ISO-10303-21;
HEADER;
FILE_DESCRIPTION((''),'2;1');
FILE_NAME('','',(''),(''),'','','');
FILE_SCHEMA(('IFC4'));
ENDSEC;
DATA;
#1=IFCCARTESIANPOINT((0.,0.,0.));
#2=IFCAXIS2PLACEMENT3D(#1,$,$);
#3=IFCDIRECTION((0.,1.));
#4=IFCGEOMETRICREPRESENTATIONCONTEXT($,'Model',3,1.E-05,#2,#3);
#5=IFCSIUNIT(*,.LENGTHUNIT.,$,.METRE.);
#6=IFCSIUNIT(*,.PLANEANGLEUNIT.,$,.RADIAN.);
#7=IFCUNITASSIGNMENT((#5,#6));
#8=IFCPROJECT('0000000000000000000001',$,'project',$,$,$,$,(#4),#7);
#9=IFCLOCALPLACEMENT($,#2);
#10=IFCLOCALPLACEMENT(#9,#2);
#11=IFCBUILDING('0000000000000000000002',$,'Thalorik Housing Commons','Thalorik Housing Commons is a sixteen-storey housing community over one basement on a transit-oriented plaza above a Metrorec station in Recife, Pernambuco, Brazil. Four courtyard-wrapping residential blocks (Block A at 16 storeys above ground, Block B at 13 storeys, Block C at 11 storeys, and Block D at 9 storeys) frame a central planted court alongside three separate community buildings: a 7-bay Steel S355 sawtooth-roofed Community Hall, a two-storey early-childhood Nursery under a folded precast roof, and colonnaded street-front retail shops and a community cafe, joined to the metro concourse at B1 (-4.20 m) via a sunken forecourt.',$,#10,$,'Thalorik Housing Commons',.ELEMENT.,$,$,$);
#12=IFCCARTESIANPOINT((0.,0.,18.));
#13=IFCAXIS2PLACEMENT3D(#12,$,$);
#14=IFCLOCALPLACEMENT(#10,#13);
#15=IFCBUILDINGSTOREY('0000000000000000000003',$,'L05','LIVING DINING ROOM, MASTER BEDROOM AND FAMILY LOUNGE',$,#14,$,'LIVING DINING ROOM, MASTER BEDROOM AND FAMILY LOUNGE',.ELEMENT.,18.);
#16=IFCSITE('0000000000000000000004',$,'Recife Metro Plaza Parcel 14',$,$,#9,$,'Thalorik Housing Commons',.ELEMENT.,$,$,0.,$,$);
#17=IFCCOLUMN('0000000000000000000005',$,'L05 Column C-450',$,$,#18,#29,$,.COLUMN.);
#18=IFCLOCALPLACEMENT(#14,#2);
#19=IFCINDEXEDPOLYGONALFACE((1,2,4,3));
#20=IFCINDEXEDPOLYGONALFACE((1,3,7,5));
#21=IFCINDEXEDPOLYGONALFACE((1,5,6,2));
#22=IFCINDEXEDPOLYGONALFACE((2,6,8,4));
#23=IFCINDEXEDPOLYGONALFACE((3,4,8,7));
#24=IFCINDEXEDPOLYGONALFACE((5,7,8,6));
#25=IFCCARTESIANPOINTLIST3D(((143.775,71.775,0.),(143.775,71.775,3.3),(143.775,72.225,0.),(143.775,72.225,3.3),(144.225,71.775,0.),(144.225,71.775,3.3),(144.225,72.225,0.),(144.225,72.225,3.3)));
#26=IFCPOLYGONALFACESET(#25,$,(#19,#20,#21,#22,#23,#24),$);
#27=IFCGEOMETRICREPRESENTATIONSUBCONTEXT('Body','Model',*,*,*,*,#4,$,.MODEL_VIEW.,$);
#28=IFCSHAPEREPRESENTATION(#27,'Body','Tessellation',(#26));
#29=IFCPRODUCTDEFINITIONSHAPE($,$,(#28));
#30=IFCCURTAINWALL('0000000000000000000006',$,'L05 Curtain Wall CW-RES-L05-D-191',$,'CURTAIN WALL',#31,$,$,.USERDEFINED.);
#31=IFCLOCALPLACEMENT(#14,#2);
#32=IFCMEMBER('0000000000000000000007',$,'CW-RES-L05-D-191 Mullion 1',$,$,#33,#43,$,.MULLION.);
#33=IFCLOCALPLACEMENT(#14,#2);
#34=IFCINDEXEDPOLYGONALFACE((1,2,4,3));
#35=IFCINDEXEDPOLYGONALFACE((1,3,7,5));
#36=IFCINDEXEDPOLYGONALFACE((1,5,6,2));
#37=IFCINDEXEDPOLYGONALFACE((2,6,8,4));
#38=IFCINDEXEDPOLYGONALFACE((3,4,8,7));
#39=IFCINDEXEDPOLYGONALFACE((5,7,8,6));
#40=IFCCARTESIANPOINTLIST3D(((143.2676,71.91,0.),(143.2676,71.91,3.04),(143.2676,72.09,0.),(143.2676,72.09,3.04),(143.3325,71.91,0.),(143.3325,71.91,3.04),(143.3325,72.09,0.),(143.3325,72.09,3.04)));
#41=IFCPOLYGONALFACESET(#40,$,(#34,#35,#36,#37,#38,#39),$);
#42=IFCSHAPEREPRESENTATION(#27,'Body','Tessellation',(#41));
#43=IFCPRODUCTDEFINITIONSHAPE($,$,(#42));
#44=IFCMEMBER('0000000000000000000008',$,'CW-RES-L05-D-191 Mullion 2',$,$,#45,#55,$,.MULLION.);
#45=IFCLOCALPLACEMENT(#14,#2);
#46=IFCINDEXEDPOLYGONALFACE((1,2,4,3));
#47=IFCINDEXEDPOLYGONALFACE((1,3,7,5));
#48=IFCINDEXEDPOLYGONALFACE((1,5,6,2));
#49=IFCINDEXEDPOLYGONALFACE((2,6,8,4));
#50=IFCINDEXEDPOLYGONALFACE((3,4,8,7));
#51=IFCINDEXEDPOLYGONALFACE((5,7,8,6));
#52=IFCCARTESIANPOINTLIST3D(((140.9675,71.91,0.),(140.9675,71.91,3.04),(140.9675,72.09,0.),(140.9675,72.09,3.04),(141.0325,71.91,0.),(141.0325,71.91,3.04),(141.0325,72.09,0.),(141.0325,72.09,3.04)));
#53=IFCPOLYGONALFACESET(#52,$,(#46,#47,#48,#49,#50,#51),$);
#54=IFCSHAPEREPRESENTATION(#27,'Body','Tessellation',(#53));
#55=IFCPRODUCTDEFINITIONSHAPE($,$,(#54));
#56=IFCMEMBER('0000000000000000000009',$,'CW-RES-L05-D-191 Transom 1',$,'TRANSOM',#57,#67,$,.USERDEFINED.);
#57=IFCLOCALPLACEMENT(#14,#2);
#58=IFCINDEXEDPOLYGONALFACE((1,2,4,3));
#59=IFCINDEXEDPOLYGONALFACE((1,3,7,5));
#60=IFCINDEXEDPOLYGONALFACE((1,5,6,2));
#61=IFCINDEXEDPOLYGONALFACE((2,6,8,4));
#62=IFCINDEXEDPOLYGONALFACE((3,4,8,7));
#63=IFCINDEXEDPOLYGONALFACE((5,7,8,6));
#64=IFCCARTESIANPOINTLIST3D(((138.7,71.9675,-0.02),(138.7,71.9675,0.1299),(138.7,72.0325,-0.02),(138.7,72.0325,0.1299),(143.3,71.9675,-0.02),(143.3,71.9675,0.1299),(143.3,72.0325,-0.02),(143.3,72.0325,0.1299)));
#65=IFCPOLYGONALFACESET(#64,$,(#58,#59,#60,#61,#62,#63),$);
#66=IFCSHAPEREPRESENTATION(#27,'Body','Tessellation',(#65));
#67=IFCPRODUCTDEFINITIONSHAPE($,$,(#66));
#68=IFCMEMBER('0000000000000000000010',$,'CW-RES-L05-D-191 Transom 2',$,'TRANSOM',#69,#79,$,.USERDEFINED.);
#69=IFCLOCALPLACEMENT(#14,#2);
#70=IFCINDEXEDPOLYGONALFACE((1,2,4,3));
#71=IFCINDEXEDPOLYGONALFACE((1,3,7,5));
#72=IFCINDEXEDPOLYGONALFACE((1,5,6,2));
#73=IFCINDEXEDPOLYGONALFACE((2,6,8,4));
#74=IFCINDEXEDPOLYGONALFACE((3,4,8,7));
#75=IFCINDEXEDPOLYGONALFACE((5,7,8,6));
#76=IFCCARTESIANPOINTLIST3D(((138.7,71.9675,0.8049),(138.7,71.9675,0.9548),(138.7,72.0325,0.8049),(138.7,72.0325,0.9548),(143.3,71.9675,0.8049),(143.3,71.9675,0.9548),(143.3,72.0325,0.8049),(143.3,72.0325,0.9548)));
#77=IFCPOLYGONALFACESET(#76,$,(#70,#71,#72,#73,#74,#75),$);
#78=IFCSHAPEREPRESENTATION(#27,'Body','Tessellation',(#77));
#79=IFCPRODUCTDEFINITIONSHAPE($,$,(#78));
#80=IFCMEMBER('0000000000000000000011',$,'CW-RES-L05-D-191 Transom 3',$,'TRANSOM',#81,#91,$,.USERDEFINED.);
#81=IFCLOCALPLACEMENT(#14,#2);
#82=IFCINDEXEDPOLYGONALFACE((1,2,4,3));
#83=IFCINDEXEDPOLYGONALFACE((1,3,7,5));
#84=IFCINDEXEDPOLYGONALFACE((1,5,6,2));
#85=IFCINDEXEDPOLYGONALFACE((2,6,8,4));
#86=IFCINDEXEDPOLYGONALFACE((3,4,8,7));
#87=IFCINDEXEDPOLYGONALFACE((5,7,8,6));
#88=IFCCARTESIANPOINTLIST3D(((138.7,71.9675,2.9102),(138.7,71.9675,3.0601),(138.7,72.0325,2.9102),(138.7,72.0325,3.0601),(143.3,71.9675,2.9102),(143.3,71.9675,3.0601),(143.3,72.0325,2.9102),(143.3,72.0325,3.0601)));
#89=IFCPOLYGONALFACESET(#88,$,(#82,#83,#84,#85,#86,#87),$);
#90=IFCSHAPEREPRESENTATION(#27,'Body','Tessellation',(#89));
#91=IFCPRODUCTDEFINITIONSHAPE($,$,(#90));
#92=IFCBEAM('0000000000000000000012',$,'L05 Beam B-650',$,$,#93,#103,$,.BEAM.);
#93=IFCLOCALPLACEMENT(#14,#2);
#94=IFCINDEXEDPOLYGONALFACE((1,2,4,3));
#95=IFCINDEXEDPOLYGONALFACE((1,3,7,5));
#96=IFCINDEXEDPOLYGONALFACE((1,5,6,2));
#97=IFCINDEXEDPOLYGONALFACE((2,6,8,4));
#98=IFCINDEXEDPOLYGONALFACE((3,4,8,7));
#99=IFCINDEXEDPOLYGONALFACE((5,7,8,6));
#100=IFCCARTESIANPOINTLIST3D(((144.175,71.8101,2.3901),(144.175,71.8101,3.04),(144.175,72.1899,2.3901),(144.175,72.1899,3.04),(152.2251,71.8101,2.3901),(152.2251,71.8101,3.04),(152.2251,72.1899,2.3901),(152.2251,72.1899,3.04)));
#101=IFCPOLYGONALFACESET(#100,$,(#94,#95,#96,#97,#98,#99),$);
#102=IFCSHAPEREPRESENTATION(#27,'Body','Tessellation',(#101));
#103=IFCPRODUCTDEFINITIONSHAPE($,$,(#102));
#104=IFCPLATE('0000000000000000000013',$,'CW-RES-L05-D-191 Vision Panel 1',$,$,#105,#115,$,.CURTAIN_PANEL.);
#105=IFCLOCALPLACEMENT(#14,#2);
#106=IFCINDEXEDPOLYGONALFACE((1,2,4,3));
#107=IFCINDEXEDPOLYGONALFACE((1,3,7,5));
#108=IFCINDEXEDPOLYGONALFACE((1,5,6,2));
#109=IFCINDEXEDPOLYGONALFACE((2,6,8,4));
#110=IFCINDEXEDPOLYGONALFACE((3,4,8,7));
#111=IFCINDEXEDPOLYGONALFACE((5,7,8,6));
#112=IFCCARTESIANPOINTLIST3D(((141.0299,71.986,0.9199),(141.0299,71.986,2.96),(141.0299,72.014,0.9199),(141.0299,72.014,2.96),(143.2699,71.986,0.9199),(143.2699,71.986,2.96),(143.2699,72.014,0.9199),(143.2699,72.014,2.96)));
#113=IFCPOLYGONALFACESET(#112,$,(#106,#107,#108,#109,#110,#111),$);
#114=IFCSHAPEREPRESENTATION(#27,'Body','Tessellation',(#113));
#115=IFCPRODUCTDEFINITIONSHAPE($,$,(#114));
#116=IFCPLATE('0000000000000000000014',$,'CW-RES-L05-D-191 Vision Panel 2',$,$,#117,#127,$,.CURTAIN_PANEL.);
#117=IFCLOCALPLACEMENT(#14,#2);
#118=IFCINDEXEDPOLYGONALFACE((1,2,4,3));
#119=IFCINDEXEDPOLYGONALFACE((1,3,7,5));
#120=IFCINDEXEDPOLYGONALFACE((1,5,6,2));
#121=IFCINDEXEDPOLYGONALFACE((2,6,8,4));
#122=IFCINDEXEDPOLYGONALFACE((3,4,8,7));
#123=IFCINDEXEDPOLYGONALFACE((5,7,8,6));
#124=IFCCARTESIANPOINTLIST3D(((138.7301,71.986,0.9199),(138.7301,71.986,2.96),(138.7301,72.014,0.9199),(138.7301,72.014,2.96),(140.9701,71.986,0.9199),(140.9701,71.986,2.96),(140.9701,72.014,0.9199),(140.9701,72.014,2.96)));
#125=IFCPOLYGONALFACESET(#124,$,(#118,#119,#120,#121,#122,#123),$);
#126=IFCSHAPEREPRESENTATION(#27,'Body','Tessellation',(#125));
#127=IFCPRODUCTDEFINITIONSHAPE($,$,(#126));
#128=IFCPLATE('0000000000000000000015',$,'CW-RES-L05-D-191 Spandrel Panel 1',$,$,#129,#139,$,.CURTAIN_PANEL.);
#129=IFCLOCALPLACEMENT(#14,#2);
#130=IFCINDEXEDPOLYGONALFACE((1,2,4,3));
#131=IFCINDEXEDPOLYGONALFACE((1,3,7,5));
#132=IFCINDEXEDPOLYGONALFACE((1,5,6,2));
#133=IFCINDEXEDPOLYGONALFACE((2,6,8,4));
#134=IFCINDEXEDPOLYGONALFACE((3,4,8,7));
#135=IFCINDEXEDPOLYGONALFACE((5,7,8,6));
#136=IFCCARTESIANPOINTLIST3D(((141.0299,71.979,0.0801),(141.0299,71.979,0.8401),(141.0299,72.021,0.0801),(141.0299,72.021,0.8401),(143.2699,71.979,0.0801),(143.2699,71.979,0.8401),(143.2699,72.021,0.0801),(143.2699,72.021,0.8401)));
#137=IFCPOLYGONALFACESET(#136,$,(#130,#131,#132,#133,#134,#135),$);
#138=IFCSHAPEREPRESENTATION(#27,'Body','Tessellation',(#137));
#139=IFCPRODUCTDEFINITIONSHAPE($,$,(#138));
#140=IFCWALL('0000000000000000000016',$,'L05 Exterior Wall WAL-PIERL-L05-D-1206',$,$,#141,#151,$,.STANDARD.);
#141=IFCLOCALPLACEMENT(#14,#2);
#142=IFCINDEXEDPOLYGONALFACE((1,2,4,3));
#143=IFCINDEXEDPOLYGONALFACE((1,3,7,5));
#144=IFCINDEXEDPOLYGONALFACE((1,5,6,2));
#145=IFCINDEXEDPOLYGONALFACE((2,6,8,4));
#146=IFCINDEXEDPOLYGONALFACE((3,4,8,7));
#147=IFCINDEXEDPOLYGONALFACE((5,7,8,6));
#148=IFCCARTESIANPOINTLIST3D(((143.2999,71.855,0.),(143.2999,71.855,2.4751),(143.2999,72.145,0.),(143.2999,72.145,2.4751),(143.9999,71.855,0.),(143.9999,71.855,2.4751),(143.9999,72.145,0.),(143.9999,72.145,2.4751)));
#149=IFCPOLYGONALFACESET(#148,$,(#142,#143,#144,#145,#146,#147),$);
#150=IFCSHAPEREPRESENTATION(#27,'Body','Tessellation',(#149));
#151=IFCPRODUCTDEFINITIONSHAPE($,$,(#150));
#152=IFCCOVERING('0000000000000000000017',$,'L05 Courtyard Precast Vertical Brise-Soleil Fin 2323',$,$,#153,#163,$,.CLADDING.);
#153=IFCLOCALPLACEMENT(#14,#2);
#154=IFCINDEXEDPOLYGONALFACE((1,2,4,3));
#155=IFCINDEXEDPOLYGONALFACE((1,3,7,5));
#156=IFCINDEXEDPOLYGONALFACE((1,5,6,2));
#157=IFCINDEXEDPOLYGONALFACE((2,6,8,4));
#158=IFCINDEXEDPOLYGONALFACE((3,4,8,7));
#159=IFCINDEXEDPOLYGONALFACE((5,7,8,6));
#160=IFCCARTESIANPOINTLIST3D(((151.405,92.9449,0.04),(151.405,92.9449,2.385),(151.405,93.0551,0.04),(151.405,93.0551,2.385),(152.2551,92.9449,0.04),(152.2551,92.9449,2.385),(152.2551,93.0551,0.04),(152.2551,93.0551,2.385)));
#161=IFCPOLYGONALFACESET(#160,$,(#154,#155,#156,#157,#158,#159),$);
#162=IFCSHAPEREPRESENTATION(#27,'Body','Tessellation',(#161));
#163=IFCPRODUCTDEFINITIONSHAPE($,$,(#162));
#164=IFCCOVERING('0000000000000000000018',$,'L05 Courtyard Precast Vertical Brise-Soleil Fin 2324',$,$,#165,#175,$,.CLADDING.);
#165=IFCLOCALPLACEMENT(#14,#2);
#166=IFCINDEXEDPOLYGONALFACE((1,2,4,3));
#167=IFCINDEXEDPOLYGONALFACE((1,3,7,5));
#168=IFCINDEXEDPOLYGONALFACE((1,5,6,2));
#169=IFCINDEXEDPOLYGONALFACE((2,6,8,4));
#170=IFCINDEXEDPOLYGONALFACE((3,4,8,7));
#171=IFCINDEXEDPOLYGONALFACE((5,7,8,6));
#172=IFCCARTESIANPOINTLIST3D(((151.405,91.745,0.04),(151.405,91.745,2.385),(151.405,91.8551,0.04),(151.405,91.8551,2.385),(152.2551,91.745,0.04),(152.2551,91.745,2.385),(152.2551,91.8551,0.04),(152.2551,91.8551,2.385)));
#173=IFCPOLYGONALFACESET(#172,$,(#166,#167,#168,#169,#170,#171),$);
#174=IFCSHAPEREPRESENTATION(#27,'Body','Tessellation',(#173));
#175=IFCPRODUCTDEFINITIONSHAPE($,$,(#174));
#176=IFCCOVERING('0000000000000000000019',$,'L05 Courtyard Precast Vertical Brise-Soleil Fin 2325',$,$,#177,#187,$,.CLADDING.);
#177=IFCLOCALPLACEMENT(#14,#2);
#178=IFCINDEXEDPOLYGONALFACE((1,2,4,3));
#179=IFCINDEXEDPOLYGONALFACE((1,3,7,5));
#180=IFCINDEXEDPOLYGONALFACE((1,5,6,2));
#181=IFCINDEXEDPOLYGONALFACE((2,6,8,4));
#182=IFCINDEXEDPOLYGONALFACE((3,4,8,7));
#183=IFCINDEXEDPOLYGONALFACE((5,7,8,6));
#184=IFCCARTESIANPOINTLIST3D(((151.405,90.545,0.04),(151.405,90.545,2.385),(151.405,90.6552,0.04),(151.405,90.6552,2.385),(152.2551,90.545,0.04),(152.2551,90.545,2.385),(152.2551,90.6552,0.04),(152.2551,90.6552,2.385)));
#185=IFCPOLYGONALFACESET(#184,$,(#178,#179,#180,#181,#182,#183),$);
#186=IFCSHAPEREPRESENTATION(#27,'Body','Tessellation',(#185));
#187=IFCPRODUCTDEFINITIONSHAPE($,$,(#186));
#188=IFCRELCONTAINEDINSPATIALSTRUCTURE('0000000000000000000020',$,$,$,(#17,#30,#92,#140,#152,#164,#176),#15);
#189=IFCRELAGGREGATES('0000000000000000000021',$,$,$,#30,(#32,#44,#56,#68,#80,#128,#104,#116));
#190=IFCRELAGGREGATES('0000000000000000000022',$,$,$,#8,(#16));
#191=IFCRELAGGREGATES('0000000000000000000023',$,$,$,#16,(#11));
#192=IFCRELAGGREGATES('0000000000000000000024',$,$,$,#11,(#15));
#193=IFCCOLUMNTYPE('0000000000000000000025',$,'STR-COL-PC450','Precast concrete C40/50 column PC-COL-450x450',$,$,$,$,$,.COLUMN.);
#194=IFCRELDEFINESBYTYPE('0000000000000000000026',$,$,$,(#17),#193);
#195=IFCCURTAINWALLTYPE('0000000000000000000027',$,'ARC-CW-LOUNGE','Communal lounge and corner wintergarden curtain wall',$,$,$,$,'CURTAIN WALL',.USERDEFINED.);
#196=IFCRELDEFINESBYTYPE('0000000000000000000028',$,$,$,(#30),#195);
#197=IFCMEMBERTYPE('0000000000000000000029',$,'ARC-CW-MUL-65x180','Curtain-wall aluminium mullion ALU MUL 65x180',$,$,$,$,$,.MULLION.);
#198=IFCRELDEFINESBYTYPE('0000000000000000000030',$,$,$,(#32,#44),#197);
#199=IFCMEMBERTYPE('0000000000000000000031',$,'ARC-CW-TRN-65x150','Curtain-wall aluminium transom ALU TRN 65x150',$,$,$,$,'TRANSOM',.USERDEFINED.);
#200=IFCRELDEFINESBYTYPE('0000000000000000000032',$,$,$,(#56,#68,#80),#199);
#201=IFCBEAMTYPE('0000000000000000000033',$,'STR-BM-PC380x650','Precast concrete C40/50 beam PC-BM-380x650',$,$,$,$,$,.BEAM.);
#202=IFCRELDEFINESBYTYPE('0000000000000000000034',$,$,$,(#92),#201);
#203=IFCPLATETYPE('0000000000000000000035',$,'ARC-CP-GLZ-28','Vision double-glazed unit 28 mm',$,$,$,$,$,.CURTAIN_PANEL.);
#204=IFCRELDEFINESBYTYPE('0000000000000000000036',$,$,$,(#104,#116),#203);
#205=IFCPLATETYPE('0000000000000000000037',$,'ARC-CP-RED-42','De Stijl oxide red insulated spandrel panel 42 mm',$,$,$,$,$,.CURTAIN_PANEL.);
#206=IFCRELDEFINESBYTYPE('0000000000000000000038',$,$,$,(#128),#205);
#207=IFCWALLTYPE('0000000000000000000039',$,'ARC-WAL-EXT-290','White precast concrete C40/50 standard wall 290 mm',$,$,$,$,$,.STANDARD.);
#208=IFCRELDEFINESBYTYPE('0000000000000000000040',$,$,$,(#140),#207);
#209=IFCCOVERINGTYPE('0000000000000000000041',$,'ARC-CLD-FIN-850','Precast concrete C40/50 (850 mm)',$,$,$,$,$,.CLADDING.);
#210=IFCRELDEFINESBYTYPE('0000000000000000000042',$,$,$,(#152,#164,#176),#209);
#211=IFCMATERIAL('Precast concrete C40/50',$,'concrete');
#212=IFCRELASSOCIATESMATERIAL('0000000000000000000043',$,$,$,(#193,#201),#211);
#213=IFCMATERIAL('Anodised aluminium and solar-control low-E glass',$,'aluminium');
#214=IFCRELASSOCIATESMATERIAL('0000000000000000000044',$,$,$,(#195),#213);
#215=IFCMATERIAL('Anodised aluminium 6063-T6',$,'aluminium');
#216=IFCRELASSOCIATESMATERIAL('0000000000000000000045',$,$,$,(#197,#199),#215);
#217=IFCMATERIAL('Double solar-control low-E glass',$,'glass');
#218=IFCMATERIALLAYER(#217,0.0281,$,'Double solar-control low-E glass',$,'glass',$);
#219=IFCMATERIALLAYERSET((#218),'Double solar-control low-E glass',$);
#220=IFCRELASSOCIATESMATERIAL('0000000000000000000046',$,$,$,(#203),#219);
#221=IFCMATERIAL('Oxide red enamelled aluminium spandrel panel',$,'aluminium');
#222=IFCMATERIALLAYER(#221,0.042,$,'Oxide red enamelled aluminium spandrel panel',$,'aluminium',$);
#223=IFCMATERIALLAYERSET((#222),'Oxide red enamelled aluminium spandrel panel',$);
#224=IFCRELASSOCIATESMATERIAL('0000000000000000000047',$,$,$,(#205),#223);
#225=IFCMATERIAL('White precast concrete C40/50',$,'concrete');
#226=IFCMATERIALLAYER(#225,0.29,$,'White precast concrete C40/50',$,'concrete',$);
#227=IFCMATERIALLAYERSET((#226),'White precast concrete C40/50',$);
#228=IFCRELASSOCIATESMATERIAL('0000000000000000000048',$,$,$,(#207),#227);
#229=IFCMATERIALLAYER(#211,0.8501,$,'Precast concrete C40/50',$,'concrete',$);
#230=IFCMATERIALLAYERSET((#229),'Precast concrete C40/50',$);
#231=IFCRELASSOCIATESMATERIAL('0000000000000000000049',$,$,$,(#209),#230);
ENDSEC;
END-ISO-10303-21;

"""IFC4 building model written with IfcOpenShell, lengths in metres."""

from ifc_helpers import new_model, si_unit, direction, frame, frame_2d, origin, origin_2d, place, context, subcontext, project, spatial, rectangle, extrude, material, layer, layer_set, material_profile, profile_set, type_object, element, aggregate, save


model = new_model("IFC4")

# Units and contexts
model_context = context("Model", 3, precision=1e-05, world=origin(), true_north=direction((0.0, 1.0)))
body_context = subcontext(model_context, "Body", "Model", "MODEL_VIEW")
ifc_project = project(units=[si_unit("LENGTHUNIT", "METRE"), si_unit("PLANEANGLEUNIT", "RADIAN")], contexts=[model_context])

# Site, building, storey
site_placement = place(None, origin())
site = spatial("IfcSite", under=ifc_project, at=site_placement, Name="Recife Metro Plaza Parcel 14", LongName="Thalorik Housing Commons", CompositionType="ELEMENT", RefElevation=0.0)
building_placement = place(site_placement, origin())
building = spatial("IfcBuilding", under=site, at=building_placement, Name="Thalorik Housing Commons", Description="Thalorik Housing Commons is a sixteen-storey housing community over one basement on a transit-oriented plaza above a Metrorec station in Recife, Pernambuco, Brazil. Four courtyard-wrapping residential blocks (Block A at 16 storeys above ground, Block B at 13 storeys, Block C at 11 storeys, and Block D at 9 storeys) frame a central planted court alongside three separate community buildings: a 7-bay Steel S355 sawtooth-roofed Community Hall, a two-storey early-childhood Nursery under a folded precast roof, and colonnaded street-front retail shops and a community cafe, joined to the metro concourse at B1 (-4.20 m) via a sunken forecourt.", LongName="Thalorik Housing Commons", CompositionType="ELEMENT")
storey_placement = place(building_placement, frame((0.0, 0.0, 18.0)))
storey = spatial("IfcBuildingStorey", under=building, at=storey_placement, Name="L05", Description="LIVING DINING ROOM, MASTER BEDROOM AND FAMILY LOUNGE", LongName="LIVING DINING ROOM, MASTER BEDROOM AND FAMILY LOUNGE", CompositionType="ELEMENT", Elevation=18.0)

# Column
ifc_material_1 = material(Name="Precast concrete C40/50", Category="concrete")
ifc_material_profile_1 = material_profile(ifc_material_1, rectangle(XDim=0.45, YDim=0.45, at=origin_2d()), Name="PC 450x450", Category="concrete")
ifc_profile_set_1 = profile_set([ifc_material_profile_1], Name="Precast concrete C40/50")
column_type = type_object("IfcColumnType", Name="STR-COL-PC450", Description="Precast concrete C40/50 column PC-COL-450x450", PredefinedType="COLUMN", material=ifc_profile_set_1)
column_placement = place(storey_placement, frame((144.0, 72.0, 0.0), z_axis=(0.0, 0.0, 1.0), x_axis=(1.0, 0.0, 0.0)))
element("IfcColumn", 1, at=column_placement, inside=storey, type_object=column_type, Name="L05 Column C-450", PredefinedType="COLUMN", context=body_context, shape_type="SweptSolid", body=[
    extrude(rectangle(XDim=0.45, YDim=0.45, at=origin_2d()), origin(), (0.0, 0.0, 1.0), 3.3),
])

# Curtain wall, members
ifc_material_2 = material(Name="Anodised aluminium and solar-control low-E glass", Category="aluminium")
curtain_wall_type = type_object("IfcCurtainWallType", Name="ARC-CW-LOUNGE", Description="Communal lounge and corner wintergarden curtain wall", ElementType="CURTAIN WALL", PredefinedType="USERDEFINED", material=ifc_material_2)
curtain_wall_placement = place(storey_placement, origin())
curtain_wall = element("IfcCurtainWall", 2, at=curtain_wall_placement, inside=storey, type_object=curtain_wall_type, Name="L05 Curtain Wall CW-RES-L05-D-191", ObjectType="CURTAIN WALL", PredefinedType="USERDEFINED")
ifc_material_3 = material(Name="Anodised aluminium 6063-T6", Category="aluminium")
ifc_material_profile_2 = material_profile(ifc_material_3, rectangle(XDim=0.0649, YDim=0.1799, at=origin_2d()), Name="ALU MUL 65x180", Category="aluminium")
ifc_profile_set_2 = profile_set([ifc_material_profile_2], Name="Anodised aluminium 6063-T6")
member_type_1 = type_object("IfcMemberType", Name="ARC-CW-MUL-65x180", Description="Curtain-wall aluminium mullion ALU MUL 65x180", PredefinedType="MULLION", material=ifc_profile_set_2)
member_1_placement = place(storey_placement, frame((143.3, 72.0, 0.0), z_axis=(0.0, 0.0, 1.0), x_axis=(-1.0, 0.0, 0.0)))
member_1 = element("IfcMember", 3, at=member_1_placement, type_object=member_type_1, Name="CW-RES-L05-D-191 Mullion 1", PredefinedType="MULLION", context=body_context, shape_type="SweptSolid", body=[
    extrude(rectangle(XDim=0.0649, YDim=0.1799, at=origin_2d()), origin(), (0.0, 0.0, 1.0), 3.04),
])
member_2_placement = place(storey_placement, frame((141.0, 72.0, 0.0), z_axis=(0.0, 0.0, 1.0), x_axis=(-1.0, 0.0, 0.0)))
member_2 = element("IfcMember", 4, at=member_2_placement, type_object=member_type_1, Name="CW-RES-L05-D-191 Mullion 2", PredefinedType="MULLION", context=body_context, shape_type="SweptSolid", body=[
    extrude(rectangle(XDim=0.0649, YDim=0.1799, at=origin_2d()), origin(), (0.0, 0.0, 1.0), 3.04),
])
ifc_material_profile_3 = material_profile(ifc_material_3, rectangle(XDim=0.0649, YDim=0.1499, at=origin_2d()), Name="ALU TRN 65x150", Category="aluminium")
ifc_profile_set_3 = profile_set([ifc_material_profile_3], Name="Anodised aluminium 6063-T6")
member_type_2 = type_object("IfcMemberType", Name="ARC-CW-TRN-65x150", Description="Curtain-wall aluminium transom ALU TRN 65x150", ElementType="TRANSOM", PredefinedType="USERDEFINED", material=ifc_profile_set_3)
member_3_placement = place(storey_placement, frame((143.3, 72.0, 0.0549), z_axis=(-1.0, 0.0, 0.0), x_axis=(0.0, -1.0, 0.0)))
member_3 = element("IfcMember", 5, at=member_3_placement, type_object=member_type_2, Name="CW-RES-L05-D-191 Transom 1", ObjectType="TRANSOM", PredefinedType="USERDEFINED", context=body_context, shape_type="SweptSolid", body=[
    extrude(rectangle(XDim=0.0649, YDim=0.1499, at=origin_2d()), origin(), (0.0, 0.0, 1.0), 4.6001),
])
member_4_placement = place(storey_placement, frame((143.3, 72.0, 0.8799), z_axis=(-1.0, 0.0, 0.0), x_axis=(0.0, -1.0, 0.0)))
member_4 = element("IfcMember", 6, at=member_4_placement, type_object=member_type_2, Name="CW-RES-L05-D-191 Transom 2", ObjectType="TRANSOM", PredefinedType="USERDEFINED", context=body_context, shape_type="SweptSolid", body=[
    extrude(rectangle(XDim=0.0649, YDim=0.1499, at=origin_2d()), origin(), (0.0, 0.0, 1.0), 4.6001),
])
member_5_placement = place(storey_placement, frame((143.3, 72.0, 2.9851), z_axis=(-1.0, 0.0, 0.0), x_axis=(0.0, -1.0, 0.0)))
member_5 = element("IfcMember", 7, at=member_5_placement, type_object=member_type_2, Name="CW-RES-L05-D-191 Transom 3", ObjectType="TRANSOM", PredefinedType="USERDEFINED", context=body_context, shape_type="SweptSolid", body=[
    extrude(rectangle(XDim=0.0649, YDim=0.1499, at=origin_2d()), origin(), (0.0, 0.0, 1.0), 4.6001),
])

# Beam
ifc_material_profile_4 = material_profile(ifc_material_1, rectangle(XDim=0.3799, YDim=0.6499, at=origin_2d()), Name="PC 380x650", Category="concrete")
ifc_profile_set_4 = profile_set([ifc_material_profile_4], Name="Precast concrete C40/50")
beam_type = type_object("IfcBeamType", Name="STR-BM-PC380x650", Description="Precast concrete C40/50 beam PC-BM-380x650", PredefinedType="BEAM", material=ifc_profile_set_4)
beam_placement = place(storey_placement, frame((144.175, 72.0, 2.7151), z_axis=(1.0, 0.0, 0.0), x_axis=(0.0, 1.0, 0.0)))
element("IfcBeam", 8, at=beam_placement, inside=storey, type_object=beam_type, Name="L05 Beam B-650", PredefinedType="BEAM", context=body_context, shape_type="SweptSolid", body=[
    extrude(rectangle(XDim=0.3799, YDim=0.6499, at=origin_2d()), origin(), (0.0, 0.0, 1.0), 8.05),
])

# Plates
ifc_material_4 = material(Name="Double solar-control low-E glass", Category="glass")
ifc_layer_1 = layer(ifc_material_4, 0.0281, Name="Double solar-control low-E glass", Category="glass")
ifc_layer_set_1 = layer_set([ifc_layer_1], Name="Double solar-control low-E glass")
plate_type_1 = type_object("IfcPlateType", Name="ARC-CP-GLZ-28", Description="Vision double-glazed unit 28 mm", PredefinedType="CURTAIN_PANEL", material=ifc_layer_set_1)
plate_1_placement = place(storey_placement, frame((142.1499, 72.0, 0.9199), z_axis=(0.0, 0.0, 1.0), x_axis=(-1.0, 0.0, 0.0)))
plate_1 = element("IfcPlate", 9, at=plate_1_placement, type_object=plate_type_1, Name="CW-RES-L05-D-191 Vision Panel 1", PredefinedType="CURTAIN_PANEL", context=body_context, shape_type="SweptSolid", body=[
    extrude(rectangle(XDim=2.24, YDim=0.0281, at=origin_2d()), origin(), (0.0, 0.0, 1.0), 2.04),
])
plate_2_placement = place(storey_placement, frame((139.8501, 72.0, 0.9199), z_axis=(0.0, 0.0, 1.0), x_axis=(-1.0, 0.0, 0.0)))
plate_2 = element("IfcPlate", 10, at=plate_2_placement, type_object=plate_type_1, Name="CW-RES-L05-D-191 Vision Panel 2", PredefinedType="CURTAIN_PANEL", context=body_context, shape_type="SweptSolid", body=[
    extrude(rectangle(XDim=2.24, YDim=0.0281, at=origin_2d()), origin(), (0.0, 0.0, 1.0), 2.04),
])
ifc_material_5 = material(Name="Oxide red enamelled aluminium spandrel panel", Category="aluminium")
ifc_layer_2 = layer(ifc_material_5, 0.042, Name="Oxide red enamelled aluminium spandrel panel", Category="aluminium")
ifc_layer_set_2 = layer_set([ifc_layer_2], Name="Oxide red enamelled aluminium spandrel panel")
plate_type_2 = type_object("IfcPlateType", Name="ARC-CP-RED-42", Description="De Stijl oxide red insulated spandrel panel 42 mm", PredefinedType="CURTAIN_PANEL", material=ifc_layer_set_2)
plate_3_placement = place(storey_placement, frame((142.1499, 72.0, 0.0801), z_axis=(0.0, 0.0, 1.0), x_axis=(-1.0, 0.0, 0.0)))
plate_3 = element("IfcPlate", 11, at=plate_3_placement, type_object=plate_type_2, Name="CW-RES-L05-D-191 Spandrel Panel 1", PredefinedType="CURTAIN_PANEL", context=body_context, shape_type="SweptSolid", body=[
    extrude(rectangle(XDim=2.24, YDim=0.042, at=origin_2d()), origin(), (0.0, 0.0, 1.0), 0.76),
])
aggregate(curtain_wall, [member_1, member_2, member_3, member_4, member_5, plate_3, plate_1, plate_2])

# Wall
ifc_material_6 = material(Name="White precast concrete C40/50", Category="concrete")
ifc_layer_3 = layer(ifc_material_6, 0.29, Name="White precast concrete C40/50", Category="concrete")
ifc_layer_set_3 = layer_set([ifc_layer_3], Name="White precast concrete C40/50")
wall_type = type_object("IfcWallType", Name="ARC-WAL-EXT-290", Description="White precast concrete C40/50 standard wall 290 mm", PredefinedType="STANDARD", material=ifc_layer_set_3)
wall_placement = place(storey_placement, frame((144.0, 72.0, 0.0), z_axis=(0.0, 0.0, 1.0), x_axis=(-1.0, 0.0, 0.0)))
element("IfcWall", 12, at=wall_placement, inside=storey, type_object=wall_type, Name="L05 Exterior Wall WAL-PIERL-L05-D-1206", PredefinedType="STANDARD", context=body_context, shape_type="SweptSolid", body=[
    extrude(rectangle(XDim=0.7, YDim=0.29, at=frame_2d((0.3501, 0.0))), origin(), (0.0, 0.0, 1.0), 2.4751),
])

# Coverings
ifc_layer_4 = layer(ifc_material_1, 0.8501, Name="Precast concrete C40/50", Category="concrete")
ifc_layer_set_4 = layer_set([ifc_layer_4], Name="Precast concrete C40/50")
covering_type_1 = type_object("IfcCoveringType", Name="ARC-CLD-FIN-850", Description="Precast concrete C40/50 (850 mm)", PredefinedType="CLADDING", material=ifc_layer_set_4)
for number, where, z_axis, x_axis, name in (
    (13, (151.8301, 93.0, 0.04), (0.0, 0.0, 1.0), (0.0, -1.0, 0.0), "L05 Courtyard Precast Vertical Brise-Soleil Fin 2323"),
    (14, (151.8301, 91.8, 0.04), (0.0, 0.0, 1.0), (0.0, -1.0, 0.0), "L05 Courtyard Precast Vertical Brise-Soleil Fin 2324"),
    (15, (151.8301, 90.6001, 0.04), (0.0, 0.0, 1.0), (0.0, -1.0, 0.0), "L05 Courtyard Precast Vertical Brise-Soleil Fin 2325"),
):
    element("IfcCovering", number, at=place(storey_placement, frame(where, z_axis=z_axis, x_axis=x_axis)), inside=storey, type_object=covering_type_1, Name=name, PredefinedType="CLADDING", context=body_context, shape_type="SweptSolid", body=[
        extrude(rectangle(XDim=0.1101, YDim=0.8501, at=origin_2d()), origin(), (0.0, 0.0, 1.0), 2.345),
    ])

save(model, "model.ifc")
